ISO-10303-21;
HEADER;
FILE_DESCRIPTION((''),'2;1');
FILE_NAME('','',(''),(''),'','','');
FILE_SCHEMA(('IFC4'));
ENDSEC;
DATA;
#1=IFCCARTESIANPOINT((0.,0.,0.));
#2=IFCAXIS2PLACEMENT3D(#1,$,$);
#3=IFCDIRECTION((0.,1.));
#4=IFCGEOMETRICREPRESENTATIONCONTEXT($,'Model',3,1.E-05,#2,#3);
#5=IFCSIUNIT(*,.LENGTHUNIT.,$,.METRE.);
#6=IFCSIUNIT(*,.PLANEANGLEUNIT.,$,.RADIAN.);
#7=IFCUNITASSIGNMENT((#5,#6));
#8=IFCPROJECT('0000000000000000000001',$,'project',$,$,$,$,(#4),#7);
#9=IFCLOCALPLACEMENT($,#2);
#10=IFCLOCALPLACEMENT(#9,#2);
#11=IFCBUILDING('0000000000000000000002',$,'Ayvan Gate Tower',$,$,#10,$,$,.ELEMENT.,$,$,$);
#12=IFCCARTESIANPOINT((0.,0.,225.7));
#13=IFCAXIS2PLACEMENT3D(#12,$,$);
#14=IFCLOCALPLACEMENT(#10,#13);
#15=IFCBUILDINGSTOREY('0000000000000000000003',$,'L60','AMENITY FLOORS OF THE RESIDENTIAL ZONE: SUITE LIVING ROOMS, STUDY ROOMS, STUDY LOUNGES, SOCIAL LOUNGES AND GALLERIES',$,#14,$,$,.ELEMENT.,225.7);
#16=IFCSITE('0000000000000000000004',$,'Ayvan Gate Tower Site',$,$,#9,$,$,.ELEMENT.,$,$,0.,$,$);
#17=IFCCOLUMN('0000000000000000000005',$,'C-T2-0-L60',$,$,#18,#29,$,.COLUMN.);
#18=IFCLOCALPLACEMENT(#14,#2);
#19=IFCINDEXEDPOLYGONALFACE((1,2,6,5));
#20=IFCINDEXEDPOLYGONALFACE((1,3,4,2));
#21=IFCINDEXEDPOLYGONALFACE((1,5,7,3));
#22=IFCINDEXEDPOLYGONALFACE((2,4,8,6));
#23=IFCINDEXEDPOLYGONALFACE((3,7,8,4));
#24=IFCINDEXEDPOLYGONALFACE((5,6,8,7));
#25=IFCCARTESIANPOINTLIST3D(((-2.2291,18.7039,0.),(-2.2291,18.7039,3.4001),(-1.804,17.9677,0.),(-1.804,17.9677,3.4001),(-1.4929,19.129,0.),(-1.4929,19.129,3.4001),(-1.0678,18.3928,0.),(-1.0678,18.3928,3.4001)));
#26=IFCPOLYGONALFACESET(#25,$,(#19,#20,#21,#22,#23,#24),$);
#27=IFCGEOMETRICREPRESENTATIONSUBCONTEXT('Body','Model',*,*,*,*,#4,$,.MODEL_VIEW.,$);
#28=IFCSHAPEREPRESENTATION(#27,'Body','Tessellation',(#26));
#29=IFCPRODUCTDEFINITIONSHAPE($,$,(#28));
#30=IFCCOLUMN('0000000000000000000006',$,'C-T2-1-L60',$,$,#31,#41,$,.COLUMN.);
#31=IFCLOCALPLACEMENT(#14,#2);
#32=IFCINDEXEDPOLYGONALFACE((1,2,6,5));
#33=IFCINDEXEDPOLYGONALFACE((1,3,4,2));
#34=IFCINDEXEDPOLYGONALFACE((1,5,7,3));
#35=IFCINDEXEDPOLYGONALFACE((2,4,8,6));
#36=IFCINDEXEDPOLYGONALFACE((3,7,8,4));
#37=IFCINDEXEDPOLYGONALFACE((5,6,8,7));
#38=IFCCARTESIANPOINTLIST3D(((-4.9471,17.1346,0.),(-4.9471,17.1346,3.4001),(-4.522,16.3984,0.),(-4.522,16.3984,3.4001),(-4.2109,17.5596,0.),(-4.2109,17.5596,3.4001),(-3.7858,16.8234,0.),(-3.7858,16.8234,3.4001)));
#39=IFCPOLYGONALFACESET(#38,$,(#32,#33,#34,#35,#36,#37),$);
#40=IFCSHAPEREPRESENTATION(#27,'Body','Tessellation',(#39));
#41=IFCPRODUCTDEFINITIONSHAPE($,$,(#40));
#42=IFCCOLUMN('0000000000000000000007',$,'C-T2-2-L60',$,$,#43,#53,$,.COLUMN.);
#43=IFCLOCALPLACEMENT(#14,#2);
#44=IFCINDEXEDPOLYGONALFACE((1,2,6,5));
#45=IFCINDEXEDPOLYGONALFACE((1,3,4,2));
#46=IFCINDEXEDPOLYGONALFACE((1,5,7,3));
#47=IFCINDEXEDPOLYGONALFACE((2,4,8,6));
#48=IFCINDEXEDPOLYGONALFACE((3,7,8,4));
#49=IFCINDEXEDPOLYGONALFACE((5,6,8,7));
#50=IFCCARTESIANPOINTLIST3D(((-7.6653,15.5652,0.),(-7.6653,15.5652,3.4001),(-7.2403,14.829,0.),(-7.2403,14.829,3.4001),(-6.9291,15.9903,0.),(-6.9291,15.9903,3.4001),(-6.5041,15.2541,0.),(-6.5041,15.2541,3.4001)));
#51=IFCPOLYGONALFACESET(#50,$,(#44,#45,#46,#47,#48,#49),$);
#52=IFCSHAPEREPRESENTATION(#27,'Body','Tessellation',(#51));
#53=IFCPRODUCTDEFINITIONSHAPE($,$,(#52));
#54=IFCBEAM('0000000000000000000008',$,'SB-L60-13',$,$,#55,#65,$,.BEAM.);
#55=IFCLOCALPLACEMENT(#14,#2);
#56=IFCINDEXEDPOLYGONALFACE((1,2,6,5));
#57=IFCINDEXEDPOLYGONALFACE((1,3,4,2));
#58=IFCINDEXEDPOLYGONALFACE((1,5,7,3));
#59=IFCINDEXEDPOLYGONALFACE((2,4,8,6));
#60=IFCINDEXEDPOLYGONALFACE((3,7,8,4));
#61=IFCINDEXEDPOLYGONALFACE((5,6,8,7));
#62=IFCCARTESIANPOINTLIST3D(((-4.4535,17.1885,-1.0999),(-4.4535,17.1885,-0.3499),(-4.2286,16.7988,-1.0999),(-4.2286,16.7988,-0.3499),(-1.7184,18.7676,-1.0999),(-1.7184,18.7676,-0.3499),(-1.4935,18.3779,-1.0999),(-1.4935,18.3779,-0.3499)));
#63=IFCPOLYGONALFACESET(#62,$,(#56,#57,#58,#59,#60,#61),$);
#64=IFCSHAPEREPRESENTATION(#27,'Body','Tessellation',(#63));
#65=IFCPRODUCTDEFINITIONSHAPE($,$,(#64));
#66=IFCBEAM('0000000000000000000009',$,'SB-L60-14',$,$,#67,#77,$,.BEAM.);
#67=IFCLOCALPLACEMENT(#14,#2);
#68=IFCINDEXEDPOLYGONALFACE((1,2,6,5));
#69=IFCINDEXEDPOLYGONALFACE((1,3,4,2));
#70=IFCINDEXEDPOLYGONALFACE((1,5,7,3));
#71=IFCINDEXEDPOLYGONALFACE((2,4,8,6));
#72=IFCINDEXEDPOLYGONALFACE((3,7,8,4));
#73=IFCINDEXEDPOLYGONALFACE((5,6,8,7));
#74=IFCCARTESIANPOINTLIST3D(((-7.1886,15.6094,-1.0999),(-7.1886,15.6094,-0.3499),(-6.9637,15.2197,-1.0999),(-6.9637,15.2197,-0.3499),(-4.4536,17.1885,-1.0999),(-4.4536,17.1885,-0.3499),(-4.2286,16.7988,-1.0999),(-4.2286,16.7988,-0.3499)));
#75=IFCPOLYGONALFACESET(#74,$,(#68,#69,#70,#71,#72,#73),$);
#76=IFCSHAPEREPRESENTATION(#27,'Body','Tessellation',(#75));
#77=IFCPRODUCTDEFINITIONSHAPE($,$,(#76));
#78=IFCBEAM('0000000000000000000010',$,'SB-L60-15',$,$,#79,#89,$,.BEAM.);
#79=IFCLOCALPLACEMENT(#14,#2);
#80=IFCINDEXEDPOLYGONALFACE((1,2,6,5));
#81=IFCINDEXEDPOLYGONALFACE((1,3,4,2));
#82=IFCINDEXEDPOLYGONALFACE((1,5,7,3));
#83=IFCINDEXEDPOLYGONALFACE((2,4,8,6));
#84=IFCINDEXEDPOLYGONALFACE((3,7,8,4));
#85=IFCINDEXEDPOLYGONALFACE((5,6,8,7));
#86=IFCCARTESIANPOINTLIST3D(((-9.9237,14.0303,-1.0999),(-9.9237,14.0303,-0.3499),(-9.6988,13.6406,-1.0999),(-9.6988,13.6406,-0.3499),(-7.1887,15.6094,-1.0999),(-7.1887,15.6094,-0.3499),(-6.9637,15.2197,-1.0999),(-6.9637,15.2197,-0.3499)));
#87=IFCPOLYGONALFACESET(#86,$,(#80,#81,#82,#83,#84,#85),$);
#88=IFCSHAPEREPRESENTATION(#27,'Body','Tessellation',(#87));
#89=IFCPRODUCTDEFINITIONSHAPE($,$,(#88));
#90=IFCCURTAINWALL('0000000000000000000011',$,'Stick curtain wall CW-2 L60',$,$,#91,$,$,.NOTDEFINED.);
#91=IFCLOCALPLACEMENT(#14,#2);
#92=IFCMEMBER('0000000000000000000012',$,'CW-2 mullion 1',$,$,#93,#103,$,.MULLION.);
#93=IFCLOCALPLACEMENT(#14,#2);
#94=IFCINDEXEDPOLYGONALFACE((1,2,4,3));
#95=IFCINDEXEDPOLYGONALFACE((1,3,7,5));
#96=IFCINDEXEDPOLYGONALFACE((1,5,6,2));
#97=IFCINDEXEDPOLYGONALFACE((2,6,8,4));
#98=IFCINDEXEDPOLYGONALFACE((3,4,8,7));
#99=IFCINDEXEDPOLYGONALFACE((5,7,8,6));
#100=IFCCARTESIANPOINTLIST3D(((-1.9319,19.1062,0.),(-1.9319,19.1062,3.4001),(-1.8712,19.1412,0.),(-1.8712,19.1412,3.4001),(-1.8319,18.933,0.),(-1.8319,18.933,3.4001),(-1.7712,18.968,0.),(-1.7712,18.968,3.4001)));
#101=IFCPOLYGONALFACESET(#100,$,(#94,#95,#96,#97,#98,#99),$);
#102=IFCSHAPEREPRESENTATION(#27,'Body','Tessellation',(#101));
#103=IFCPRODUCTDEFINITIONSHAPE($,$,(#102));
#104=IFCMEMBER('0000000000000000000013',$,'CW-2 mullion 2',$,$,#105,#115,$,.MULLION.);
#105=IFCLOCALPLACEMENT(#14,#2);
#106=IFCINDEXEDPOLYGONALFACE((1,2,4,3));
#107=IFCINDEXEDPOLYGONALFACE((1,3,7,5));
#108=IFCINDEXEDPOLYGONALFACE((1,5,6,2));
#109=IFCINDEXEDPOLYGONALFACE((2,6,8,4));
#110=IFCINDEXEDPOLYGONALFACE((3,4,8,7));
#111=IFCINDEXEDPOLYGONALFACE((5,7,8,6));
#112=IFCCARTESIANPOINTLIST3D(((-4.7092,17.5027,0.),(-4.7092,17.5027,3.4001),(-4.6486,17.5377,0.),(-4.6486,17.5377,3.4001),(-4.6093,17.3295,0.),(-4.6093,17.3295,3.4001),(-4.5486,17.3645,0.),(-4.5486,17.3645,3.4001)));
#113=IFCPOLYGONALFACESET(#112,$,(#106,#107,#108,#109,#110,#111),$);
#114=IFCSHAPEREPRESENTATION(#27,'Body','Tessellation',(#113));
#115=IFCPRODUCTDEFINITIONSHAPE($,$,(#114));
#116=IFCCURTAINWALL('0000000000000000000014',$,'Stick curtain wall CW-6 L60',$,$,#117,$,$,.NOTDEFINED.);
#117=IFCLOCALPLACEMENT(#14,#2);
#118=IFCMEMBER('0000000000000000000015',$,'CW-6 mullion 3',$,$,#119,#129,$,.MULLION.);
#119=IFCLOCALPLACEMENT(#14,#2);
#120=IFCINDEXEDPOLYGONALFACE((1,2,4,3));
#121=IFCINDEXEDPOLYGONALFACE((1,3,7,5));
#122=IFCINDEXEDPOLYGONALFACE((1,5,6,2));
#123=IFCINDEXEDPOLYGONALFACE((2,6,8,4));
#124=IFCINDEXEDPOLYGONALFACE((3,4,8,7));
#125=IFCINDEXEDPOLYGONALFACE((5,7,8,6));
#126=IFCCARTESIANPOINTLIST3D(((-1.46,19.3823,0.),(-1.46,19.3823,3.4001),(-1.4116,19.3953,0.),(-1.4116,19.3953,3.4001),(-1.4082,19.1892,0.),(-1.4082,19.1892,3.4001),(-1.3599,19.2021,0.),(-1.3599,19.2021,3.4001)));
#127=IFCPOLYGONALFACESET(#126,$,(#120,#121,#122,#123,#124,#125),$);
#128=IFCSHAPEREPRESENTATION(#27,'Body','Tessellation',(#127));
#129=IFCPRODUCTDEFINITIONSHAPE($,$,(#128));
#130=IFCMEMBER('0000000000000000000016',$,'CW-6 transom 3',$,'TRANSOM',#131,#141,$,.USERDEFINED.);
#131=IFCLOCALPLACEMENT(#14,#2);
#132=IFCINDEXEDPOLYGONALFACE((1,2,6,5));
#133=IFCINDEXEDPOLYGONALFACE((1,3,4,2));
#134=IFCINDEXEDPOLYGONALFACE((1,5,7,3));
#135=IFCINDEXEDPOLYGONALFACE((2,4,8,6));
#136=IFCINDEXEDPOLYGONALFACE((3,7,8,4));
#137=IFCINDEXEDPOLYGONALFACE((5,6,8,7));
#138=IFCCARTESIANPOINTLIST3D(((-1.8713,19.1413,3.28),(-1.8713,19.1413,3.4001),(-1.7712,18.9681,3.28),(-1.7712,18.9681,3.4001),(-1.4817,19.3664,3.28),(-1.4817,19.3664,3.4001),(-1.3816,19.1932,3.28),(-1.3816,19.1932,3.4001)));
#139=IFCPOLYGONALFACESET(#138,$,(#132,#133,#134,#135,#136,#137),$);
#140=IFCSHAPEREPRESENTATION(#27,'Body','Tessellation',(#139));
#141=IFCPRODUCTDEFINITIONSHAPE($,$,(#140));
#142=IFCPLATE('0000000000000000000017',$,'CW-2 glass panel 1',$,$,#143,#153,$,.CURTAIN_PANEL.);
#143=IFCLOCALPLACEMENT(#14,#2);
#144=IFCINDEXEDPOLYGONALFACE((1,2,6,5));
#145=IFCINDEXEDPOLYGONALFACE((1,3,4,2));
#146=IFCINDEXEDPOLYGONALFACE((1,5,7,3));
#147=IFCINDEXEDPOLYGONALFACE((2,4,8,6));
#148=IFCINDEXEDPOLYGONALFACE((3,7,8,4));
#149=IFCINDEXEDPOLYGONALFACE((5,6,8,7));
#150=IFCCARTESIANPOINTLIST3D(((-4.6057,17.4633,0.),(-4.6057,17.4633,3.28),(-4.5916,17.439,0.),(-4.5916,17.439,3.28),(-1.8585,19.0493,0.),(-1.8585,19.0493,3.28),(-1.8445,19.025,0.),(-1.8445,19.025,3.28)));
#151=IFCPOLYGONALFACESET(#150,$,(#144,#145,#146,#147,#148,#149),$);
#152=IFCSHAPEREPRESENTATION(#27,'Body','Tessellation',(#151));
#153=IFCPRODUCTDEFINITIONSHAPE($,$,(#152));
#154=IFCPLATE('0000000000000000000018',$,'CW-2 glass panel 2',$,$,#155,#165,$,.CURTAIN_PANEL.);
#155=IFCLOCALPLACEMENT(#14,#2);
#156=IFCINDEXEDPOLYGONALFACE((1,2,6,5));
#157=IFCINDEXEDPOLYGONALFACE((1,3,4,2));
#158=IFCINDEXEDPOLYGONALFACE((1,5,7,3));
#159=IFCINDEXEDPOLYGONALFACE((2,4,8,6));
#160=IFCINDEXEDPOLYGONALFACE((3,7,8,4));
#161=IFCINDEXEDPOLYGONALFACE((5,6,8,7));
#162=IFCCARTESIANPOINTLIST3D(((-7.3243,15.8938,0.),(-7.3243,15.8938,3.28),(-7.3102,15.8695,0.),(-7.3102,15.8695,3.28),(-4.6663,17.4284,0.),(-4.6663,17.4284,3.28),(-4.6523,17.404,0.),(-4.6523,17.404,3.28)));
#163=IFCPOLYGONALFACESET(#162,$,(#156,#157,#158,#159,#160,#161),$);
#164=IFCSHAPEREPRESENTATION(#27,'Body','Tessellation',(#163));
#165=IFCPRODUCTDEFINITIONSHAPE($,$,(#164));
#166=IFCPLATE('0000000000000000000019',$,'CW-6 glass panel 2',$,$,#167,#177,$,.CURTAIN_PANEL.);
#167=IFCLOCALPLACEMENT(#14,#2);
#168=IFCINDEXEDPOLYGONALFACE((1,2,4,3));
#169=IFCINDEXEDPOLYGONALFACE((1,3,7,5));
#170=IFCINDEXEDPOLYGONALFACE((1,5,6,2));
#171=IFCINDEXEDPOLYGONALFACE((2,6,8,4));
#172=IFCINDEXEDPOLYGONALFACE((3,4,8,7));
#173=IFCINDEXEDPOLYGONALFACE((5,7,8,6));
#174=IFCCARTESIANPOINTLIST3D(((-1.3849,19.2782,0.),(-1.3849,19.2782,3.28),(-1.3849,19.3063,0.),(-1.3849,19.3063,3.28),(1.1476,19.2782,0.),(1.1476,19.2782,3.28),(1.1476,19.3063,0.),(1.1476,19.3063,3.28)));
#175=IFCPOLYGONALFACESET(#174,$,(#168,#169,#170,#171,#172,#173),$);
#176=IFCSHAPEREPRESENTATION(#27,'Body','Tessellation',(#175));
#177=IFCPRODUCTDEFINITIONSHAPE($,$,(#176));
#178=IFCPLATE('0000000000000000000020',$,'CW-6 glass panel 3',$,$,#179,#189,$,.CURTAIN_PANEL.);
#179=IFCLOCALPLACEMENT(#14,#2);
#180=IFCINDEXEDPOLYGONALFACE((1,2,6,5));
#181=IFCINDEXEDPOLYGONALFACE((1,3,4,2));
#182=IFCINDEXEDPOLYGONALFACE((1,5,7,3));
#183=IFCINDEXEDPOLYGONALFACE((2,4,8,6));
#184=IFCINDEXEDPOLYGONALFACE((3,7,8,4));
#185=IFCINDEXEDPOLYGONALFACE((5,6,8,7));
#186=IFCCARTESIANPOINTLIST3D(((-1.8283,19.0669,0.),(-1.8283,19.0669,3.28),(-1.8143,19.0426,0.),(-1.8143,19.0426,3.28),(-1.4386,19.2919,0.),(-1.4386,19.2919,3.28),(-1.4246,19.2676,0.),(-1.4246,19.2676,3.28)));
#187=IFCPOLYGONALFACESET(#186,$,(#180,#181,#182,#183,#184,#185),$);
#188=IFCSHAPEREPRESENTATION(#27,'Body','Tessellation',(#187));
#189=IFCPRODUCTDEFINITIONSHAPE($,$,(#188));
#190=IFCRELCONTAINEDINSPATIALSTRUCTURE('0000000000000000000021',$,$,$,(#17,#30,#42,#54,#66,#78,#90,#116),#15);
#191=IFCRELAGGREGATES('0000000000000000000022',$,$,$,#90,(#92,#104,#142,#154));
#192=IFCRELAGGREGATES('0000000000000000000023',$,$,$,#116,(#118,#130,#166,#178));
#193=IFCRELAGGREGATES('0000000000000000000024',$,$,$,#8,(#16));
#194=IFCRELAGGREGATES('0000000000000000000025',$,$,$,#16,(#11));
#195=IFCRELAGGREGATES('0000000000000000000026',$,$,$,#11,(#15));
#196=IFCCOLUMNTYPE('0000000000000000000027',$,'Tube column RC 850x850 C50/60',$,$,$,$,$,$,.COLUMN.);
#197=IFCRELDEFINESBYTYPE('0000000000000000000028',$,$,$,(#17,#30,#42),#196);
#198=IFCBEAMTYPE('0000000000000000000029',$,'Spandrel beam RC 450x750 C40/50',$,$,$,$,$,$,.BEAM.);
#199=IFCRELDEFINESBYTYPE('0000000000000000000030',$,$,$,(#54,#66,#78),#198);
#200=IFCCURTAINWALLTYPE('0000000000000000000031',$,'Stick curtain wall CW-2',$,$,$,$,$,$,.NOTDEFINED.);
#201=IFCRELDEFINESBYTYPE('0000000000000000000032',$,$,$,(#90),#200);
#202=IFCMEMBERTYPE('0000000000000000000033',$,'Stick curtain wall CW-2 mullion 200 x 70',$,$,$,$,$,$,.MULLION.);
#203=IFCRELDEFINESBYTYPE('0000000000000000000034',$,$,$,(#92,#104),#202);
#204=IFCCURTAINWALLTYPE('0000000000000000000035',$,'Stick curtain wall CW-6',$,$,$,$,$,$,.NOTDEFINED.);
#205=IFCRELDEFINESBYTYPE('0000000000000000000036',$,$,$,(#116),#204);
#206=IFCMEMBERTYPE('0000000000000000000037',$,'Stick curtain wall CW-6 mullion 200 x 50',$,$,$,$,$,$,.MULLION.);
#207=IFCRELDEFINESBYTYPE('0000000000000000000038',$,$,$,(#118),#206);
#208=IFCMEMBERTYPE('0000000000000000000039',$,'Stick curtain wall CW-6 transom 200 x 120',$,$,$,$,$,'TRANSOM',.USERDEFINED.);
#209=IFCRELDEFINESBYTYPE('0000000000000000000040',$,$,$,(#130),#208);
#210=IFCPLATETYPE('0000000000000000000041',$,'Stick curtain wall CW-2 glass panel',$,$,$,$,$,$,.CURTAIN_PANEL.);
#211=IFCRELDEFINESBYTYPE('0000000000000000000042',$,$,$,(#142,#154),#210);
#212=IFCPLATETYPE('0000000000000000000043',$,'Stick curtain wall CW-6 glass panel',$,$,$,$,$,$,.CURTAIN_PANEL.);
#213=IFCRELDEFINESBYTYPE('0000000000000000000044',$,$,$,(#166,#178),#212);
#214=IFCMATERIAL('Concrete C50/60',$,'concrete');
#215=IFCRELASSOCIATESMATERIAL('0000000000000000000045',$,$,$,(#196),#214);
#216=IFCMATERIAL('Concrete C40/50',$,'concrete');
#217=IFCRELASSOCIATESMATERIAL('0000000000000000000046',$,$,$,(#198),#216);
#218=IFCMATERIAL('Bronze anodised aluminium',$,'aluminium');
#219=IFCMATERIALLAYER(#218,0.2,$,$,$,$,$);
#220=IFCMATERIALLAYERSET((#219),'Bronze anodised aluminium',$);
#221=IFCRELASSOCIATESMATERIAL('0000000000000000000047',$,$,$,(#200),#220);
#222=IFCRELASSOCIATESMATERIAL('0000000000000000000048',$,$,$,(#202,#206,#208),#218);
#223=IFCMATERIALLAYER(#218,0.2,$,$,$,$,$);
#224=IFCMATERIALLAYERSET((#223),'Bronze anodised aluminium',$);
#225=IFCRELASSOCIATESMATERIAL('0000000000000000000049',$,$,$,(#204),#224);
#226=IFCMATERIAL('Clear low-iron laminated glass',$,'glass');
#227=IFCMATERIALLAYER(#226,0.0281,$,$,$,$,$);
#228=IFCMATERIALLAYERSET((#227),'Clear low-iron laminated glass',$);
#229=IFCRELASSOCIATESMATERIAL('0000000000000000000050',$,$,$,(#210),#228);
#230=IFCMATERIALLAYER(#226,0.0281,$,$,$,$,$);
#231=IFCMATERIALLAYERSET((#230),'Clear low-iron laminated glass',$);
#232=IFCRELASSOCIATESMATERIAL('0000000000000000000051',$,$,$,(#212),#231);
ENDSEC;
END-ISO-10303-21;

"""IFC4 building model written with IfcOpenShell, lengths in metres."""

from ifc_helpers import new_model, si_unit, direction, frame, origin, origin_2d, place, context, subcontext, project, spatial, rectangle, extrude, material, layer, layer_set, material_profile, profile_set, type_object, element, aggregate, save


model = new_model("IFC4")

# Units and contexts
model_context = context("Model", 3, precision=1e-05, world=origin(), true_north=direction((0.0, 1.0)))
body_context = subcontext(model_context, "Body", "Model", "MODEL_VIEW")
ifc_project = project(units=[si_unit("LENGTHUNIT", "METRE"), si_unit("PLANEANGLEUNIT", "RADIAN")], contexts=[model_context])

# Site, building, storey
site_placement = place(None, origin())
site = spatial("IfcSite", under=ifc_project, at=site_placement, Name="Ayvan Gate Tower Site", CompositionType="ELEMENT", RefElevation=0.0)
building_placement = place(site_placement, origin())
building = spatial("IfcBuilding", under=site, at=building_placement, Name="Ayvan Gate Tower", CompositionType="ELEMENT")
storey_placement = place(building_placement, frame((0.0, 0.0, 225.7)))
storey = spatial("IfcBuildingStorey", under=building, at=storey_placement, Name="L60", Description="AMENITY FLOORS OF THE RESIDENTIAL ZONE: SUITE LIVING ROOMS, STUDY ROOMS, STUDY LOUNGES, SOCIAL LOUNGES AND GALLERIES", CompositionType="ELEMENT", Elevation=225.7)

# Columns
ifc_material_1 = material(Name="Concrete C50/60", Category="concrete")
ifc_material_profile_1 = material_profile(ifc_material_1, rectangle(XDim=0.8501, YDim=0.8501, at=origin_2d()), Name="RC 850x850")
ifc_profile_set_1 = profile_set([ifc_material_profile_1], Name="Concrete C50/60")
column_type = type_object("IfcColumnType", Name="Tube column RC 850x850 C50/60", PredefinedType="COLUMN", material=ifc_profile_set_1)
for number, where, z_axis, x_axis, name in (
    (1, (-1.6484, 18.5483, 0.0), (0.0, 0.0, 1.0), (-0.5, 0.866025, 0.0), "C-T2-0-L60"),
    (2, (-4.3665, 16.979, 0.0), (0.0, 0.0, 1.0), (-0.5, 0.866025, 0.0), "C-T2-1-L60"),
    (3, (-7.0847, 15.4097, 0.0), (0.0, 0.0, 1.0), (-0.5, 0.866025, 0.0), "C-T2-2-L60"),
):
    element("IfcColumn", number, at=place(storey_placement, frame(where, z_axis=z_axis, x_axis=x_axis)), inside=storey, type_object=column_type, Name=name, PredefinedType="COLUMN", context=body_context, shape_type="SweptSolid", body=[
        extrude(rectangle(XDim=0.8501, YDim=0.8501, at=origin_2d()), origin(), (0.0, 0.0, 1.0), 3.4001),
    ])

# Beams
ifc_material_2 = material(Name="Concrete C40/50", Category="concrete")
ifc_material_profile_2 = material_profile(ifc_material_2, rectangle(XDim=0.45, YDim=0.75, at=origin_2d()), Name="RC 450x750")
ifc_profile_set_2 = profile_set([ifc_material_profile_2], Name="Concrete C40/50")
beam_type = type_object("IfcBeamType", Name="Spandrel beam RC 450x750 C40/50", PredefinedType="BEAM", material=ifc_profile_set_2)
for number, where, z_axis, x_axis, name in (
    (4, (-1.606, 18.5728, -0.7249), (-0.866027, -0.499997, 0.0), (0.499997, -0.866027, 0.0), "SB-L60-13"),
    (5, (-4.3411, 16.9937, -0.7249), (-0.866027, -0.499997, 0.0), (0.499997, -0.866027, 0.0), "SB-L60-14"),
    (6, (-7.0762, 15.4146, -0.7249), (-0.866027, -0.499997, 0.0), (0.499997, -0.866027, 0.0), "SB-L60-15"),
):
    element("IfcBeam", number, at=place(storey_placement, frame(where, z_axis=z_axis, x_axis=x_axis)), inside=storey, type_object=beam_type, Name=name, PredefinedType="BEAM", context=body_context, shape_type="SweptSolid", body=[
        extrude(rectangle(XDim=0.45, YDim=0.75, at=origin_2d()), origin(), (0.0, 0.0, 1.0), 3.1582),
    ])

# Curtain walls, members
ifc_material_3 = material(Name="Bronze anodised aluminium", Category="aluminium")
ifc_layer_1 = layer(ifc_material_3, 0.2)
ifc_layer_set_1 = layer_set([ifc_layer_1], Name="Bronze anodised aluminium")
curtain_wall_type_1 = type_object("IfcCurtainWallType", Name="Stick curtain wall CW-2", PredefinedType="NOTDEFINED", material=ifc_layer_set_1)
curtain_wall_1_placement = place(storey_placement, origin())
curtain_wall_1 = element("IfcCurtainWall", 7, at=curtain_wall_1_placement, inside=storey, type_object=curtain_wall_type_1, Name="Stick curtain wall CW-2 L60", PredefinedType="NOTDEFINED")
ifc_material_profile_3 = material_profile(ifc_material_3, rectangle(XDim=0.2, YDim=0.0701, at=origin_2d()), Name="Stick curtain wall CW-2 mullion 200 x 70")
ifc_profile_set_3 = profile_set([ifc_material_profile_3], Name="Bronze anodised aluminium")
member_type_1 = type_object("IfcMemberType", Name="Stick curtain wall CW-2 mullion 200 x 70", PredefinedType="MULLION", material=ifc_profile_set_3)
member_1_placement = place(storey_placement, frame((-1.8516, 19.0371, 0.0), z_axis=(0.0, 0.0, 1.0), x_axis=(-0.5, 0.866025, 0.0)))
member_1 = element("IfcMember", 8, at=member_1_placement, type_object=member_type_1, Name="CW-2 mullion 1", PredefinedType="MULLION", context=body_context, shape_type="SweptSolid", body=[
    extrude(rectangle(XDim=0.2, YDim=0.0701, at=origin_2d()), origin(), (0.0, 0.0, 1.0), 3.4001),
])
member_2_placement = place(storey_placement, frame((-4.6289, 17.4336, 0.0), z_axis=(0.0, 0.0, 1.0), x_axis=(-0.5, 0.866025, 0.0)))
member_2 = element("IfcMember", 9, at=member_2_placement, type_object=member_type_1, Name="CW-2 mullion 2", PredefinedType="MULLION", context=body_context, shape_type="SweptSolid", body=[
    extrude(rectangle(XDim=0.2, YDim=0.0701, at=origin_2d()), origin(), (0.0, 0.0, 1.0), 3.4001),
])
ifc_layer_2 = layer(ifc_material_3, 0.2)
ifc_layer_set_2 = layer_set([ifc_layer_2], Name="Bronze anodised aluminium")
curtain_wall_type_2 = type_object("IfcCurtainWallType", Name="Stick curtain wall CW-6", PredefinedType="NOTDEFINED", material=ifc_layer_set_2)
curtain_wall_2_placement = place(storey_placement, origin())
curtain_wall_2 = element("IfcCurtainWall", 10, at=curtain_wall_2_placement, inside=storey, type_object=curtain_wall_type_2, Name="Stick curtain wall CW-6 L60", PredefinedType="NOTDEFINED")
ifc_material_profile_4 = material_profile(ifc_material_3, rectangle(XDim=0.2, YDim=0.05, at=origin_2d()), Name="Stick curtain wall CW-6 mullion 200 x 50")
ifc_profile_set_4 = profile_set([ifc_material_profile_4], Name="Bronze anodised aluminium")
member_type_2 = type_object("IfcMemberType", Name="Stick curtain wall CW-6 mullion 200 x 50", PredefinedType="MULLION", material=ifc_profile_set_4)
member_3_placement = place(storey_placement, frame((-1.4099, 19.2922, 0.0), z_axis=(0.0, 0.0, 1.0), x_axis=(-0.258819, 0.965926, 0.0)))
member_3 = element("IfcMember", 11, at=member_3_placement, type_object=member_type_2, Name="CW-6 mullion 3", PredefinedType="MULLION", context=body_context, shape_type="SweptSolid", body=[
    extrude(rectangle(XDim=0.2, YDim=0.05, at=origin_2d()), origin(), (0.0, 0.0, 1.0), 3.4001),
])
ifc_material_profile_5 = material_profile(ifc_material_3, rectangle(XDim=0.2, YDim=0.1201, at=origin_2d()), Name="Stick curtain wall CW-6 transom 200 x 120")
ifc_profile_set_5 = profile_set([ifc_material_profile_5], Name="Bronze anodised aluminium")
member_type_3 = type_object("IfcMemberType", Name="Stick curtain wall CW-6 transom 200 x 120", ElementType="TRANSOM", PredefinedType="USERDEFINED", material=ifc_profile_set_5)
member_4_placement = place(storey_placement, frame((-1.4316, 19.2798, 3.3401), z_axis=(-0.865896, -0.500223, 0.0), x_axis=(0.500223, -0.865896, 0.0)))
member_4 = element("IfcMember", 12, at=member_4_placement, type_object=member_type_3, Name="CW-6 transom 3", ObjectType="TRANSOM", PredefinedType="USERDEFINED", context=body_context, shape_type="SweptSolid", body=[
    extrude(rectangle(XDim=0.2, YDim=0.1201, at=origin_2d()), origin(), (0.0, 0.0, 1.0), 0.45),
])

# Plates
ifc_material_4 = material(Name="Clear low-iron laminated glass", Category="glass")
ifc_layer_3 = layer(ifc_material_4, 0.0281)
ifc_layer_set_3 = layer_set([ifc_layer_3], Name="Clear low-iron laminated glass")
plate_type_1 = type_object("IfcPlateType", Name="Stick curtain wall CW-2 glass panel", PredefinedType="CURTAIN_PANEL", material=ifc_layer_set_3)
plate_1_placement = place(storey_placement, frame((-3.2251, 18.2441, 0.0), z_axis=(0.0, 0.0, 1.0), x_axis=(-0.866025, -0.5, 0.0)))
plate_1 = element("IfcPlate", 13, at=plate_1_placement, type_object=plate_type_1, Name="CW-2 glass panel 1", PredefinedType="CURTAIN_PANEL", context=body_context, shape_type="SweptSolid", body=[
    extrude(rectangle(XDim=3.1721, YDim=0.0281, at=origin_2d()), origin(), (0.0, 0.0, 1.0), 3.28),
])
plate_2_placement = place(storey_placement, frame((-5.9883, 16.6489, 0.0), z_axis=(0.0, 0.0, 1.0), x_axis=(-0.866025, -0.5, 0.0)))
plate_2 = element("IfcPlate", 14, at=plate_2_placement, type_object=plate_type_1, Name="CW-2 glass panel 2", PredefinedType="CURTAIN_PANEL", context=body_context, shape_type="SweptSolid", body=[
    extrude(rectangle(XDim=3.0691, YDim=0.0281, at=origin_2d()), origin(), (0.0, 0.0, 1.0), 3.28),
])
aggregate(curtain_wall_1, [member_1, member_2, plate_1, plate_2])
ifc_layer_4 = layer(ifc_material_4, 0.0281)
ifc_layer_set_4 = layer_set([ifc_layer_4], Name="Clear low-iron laminated glass")
plate_type_2 = type_object("IfcPlateType", Name="Stick curtain wall CW-6 glass panel", PredefinedType="CURTAIN_PANEL", material=ifc_layer_set_4)
plate_3_placement = place(storey_placement, frame((-0.1187, 19.2922, 0.0), z_axis=(0.0, 0.0, 1.0), x_axis=(-1.0, 0.0, 0.0)))
plate_3 = element("IfcPlate", 15, at=plate_3_placement, type_object=plate_type_2, Name="CW-6 glass panel 2", PredefinedType="CURTAIN_PANEL", context=body_context, shape_type="SweptSolid", body=[
    extrude(rectangle(XDim=2.5325, YDim=0.0281, at=origin_2d()), origin(), (0.0, 0.0, 1.0), 3.28),
])
plate_4_placement = place(storey_placement, frame((-1.6265, 19.1672, 0.0), z_axis=(0.0, 0.0, 1.0), x_axis=(-0.866025, -0.5, 0.0)))
plate_4 = element("IfcPlate", 16, at=plate_4_placement, type_object=plate_type_2, Name="CW-6 glass panel 3", PredefinedType="CURTAIN_PANEL", context=body_context, shape_type="SweptSolid", body=[
    extrude(rectangle(XDim=0.45, YDim=0.0281, at=origin_2d()), origin(), (0.0, 0.0, 1.0), 3.28),
])
aggregate(curtain_wall_2, [member_3, member_4, plate_3, plate_4])

save(model, "model.ifc")
